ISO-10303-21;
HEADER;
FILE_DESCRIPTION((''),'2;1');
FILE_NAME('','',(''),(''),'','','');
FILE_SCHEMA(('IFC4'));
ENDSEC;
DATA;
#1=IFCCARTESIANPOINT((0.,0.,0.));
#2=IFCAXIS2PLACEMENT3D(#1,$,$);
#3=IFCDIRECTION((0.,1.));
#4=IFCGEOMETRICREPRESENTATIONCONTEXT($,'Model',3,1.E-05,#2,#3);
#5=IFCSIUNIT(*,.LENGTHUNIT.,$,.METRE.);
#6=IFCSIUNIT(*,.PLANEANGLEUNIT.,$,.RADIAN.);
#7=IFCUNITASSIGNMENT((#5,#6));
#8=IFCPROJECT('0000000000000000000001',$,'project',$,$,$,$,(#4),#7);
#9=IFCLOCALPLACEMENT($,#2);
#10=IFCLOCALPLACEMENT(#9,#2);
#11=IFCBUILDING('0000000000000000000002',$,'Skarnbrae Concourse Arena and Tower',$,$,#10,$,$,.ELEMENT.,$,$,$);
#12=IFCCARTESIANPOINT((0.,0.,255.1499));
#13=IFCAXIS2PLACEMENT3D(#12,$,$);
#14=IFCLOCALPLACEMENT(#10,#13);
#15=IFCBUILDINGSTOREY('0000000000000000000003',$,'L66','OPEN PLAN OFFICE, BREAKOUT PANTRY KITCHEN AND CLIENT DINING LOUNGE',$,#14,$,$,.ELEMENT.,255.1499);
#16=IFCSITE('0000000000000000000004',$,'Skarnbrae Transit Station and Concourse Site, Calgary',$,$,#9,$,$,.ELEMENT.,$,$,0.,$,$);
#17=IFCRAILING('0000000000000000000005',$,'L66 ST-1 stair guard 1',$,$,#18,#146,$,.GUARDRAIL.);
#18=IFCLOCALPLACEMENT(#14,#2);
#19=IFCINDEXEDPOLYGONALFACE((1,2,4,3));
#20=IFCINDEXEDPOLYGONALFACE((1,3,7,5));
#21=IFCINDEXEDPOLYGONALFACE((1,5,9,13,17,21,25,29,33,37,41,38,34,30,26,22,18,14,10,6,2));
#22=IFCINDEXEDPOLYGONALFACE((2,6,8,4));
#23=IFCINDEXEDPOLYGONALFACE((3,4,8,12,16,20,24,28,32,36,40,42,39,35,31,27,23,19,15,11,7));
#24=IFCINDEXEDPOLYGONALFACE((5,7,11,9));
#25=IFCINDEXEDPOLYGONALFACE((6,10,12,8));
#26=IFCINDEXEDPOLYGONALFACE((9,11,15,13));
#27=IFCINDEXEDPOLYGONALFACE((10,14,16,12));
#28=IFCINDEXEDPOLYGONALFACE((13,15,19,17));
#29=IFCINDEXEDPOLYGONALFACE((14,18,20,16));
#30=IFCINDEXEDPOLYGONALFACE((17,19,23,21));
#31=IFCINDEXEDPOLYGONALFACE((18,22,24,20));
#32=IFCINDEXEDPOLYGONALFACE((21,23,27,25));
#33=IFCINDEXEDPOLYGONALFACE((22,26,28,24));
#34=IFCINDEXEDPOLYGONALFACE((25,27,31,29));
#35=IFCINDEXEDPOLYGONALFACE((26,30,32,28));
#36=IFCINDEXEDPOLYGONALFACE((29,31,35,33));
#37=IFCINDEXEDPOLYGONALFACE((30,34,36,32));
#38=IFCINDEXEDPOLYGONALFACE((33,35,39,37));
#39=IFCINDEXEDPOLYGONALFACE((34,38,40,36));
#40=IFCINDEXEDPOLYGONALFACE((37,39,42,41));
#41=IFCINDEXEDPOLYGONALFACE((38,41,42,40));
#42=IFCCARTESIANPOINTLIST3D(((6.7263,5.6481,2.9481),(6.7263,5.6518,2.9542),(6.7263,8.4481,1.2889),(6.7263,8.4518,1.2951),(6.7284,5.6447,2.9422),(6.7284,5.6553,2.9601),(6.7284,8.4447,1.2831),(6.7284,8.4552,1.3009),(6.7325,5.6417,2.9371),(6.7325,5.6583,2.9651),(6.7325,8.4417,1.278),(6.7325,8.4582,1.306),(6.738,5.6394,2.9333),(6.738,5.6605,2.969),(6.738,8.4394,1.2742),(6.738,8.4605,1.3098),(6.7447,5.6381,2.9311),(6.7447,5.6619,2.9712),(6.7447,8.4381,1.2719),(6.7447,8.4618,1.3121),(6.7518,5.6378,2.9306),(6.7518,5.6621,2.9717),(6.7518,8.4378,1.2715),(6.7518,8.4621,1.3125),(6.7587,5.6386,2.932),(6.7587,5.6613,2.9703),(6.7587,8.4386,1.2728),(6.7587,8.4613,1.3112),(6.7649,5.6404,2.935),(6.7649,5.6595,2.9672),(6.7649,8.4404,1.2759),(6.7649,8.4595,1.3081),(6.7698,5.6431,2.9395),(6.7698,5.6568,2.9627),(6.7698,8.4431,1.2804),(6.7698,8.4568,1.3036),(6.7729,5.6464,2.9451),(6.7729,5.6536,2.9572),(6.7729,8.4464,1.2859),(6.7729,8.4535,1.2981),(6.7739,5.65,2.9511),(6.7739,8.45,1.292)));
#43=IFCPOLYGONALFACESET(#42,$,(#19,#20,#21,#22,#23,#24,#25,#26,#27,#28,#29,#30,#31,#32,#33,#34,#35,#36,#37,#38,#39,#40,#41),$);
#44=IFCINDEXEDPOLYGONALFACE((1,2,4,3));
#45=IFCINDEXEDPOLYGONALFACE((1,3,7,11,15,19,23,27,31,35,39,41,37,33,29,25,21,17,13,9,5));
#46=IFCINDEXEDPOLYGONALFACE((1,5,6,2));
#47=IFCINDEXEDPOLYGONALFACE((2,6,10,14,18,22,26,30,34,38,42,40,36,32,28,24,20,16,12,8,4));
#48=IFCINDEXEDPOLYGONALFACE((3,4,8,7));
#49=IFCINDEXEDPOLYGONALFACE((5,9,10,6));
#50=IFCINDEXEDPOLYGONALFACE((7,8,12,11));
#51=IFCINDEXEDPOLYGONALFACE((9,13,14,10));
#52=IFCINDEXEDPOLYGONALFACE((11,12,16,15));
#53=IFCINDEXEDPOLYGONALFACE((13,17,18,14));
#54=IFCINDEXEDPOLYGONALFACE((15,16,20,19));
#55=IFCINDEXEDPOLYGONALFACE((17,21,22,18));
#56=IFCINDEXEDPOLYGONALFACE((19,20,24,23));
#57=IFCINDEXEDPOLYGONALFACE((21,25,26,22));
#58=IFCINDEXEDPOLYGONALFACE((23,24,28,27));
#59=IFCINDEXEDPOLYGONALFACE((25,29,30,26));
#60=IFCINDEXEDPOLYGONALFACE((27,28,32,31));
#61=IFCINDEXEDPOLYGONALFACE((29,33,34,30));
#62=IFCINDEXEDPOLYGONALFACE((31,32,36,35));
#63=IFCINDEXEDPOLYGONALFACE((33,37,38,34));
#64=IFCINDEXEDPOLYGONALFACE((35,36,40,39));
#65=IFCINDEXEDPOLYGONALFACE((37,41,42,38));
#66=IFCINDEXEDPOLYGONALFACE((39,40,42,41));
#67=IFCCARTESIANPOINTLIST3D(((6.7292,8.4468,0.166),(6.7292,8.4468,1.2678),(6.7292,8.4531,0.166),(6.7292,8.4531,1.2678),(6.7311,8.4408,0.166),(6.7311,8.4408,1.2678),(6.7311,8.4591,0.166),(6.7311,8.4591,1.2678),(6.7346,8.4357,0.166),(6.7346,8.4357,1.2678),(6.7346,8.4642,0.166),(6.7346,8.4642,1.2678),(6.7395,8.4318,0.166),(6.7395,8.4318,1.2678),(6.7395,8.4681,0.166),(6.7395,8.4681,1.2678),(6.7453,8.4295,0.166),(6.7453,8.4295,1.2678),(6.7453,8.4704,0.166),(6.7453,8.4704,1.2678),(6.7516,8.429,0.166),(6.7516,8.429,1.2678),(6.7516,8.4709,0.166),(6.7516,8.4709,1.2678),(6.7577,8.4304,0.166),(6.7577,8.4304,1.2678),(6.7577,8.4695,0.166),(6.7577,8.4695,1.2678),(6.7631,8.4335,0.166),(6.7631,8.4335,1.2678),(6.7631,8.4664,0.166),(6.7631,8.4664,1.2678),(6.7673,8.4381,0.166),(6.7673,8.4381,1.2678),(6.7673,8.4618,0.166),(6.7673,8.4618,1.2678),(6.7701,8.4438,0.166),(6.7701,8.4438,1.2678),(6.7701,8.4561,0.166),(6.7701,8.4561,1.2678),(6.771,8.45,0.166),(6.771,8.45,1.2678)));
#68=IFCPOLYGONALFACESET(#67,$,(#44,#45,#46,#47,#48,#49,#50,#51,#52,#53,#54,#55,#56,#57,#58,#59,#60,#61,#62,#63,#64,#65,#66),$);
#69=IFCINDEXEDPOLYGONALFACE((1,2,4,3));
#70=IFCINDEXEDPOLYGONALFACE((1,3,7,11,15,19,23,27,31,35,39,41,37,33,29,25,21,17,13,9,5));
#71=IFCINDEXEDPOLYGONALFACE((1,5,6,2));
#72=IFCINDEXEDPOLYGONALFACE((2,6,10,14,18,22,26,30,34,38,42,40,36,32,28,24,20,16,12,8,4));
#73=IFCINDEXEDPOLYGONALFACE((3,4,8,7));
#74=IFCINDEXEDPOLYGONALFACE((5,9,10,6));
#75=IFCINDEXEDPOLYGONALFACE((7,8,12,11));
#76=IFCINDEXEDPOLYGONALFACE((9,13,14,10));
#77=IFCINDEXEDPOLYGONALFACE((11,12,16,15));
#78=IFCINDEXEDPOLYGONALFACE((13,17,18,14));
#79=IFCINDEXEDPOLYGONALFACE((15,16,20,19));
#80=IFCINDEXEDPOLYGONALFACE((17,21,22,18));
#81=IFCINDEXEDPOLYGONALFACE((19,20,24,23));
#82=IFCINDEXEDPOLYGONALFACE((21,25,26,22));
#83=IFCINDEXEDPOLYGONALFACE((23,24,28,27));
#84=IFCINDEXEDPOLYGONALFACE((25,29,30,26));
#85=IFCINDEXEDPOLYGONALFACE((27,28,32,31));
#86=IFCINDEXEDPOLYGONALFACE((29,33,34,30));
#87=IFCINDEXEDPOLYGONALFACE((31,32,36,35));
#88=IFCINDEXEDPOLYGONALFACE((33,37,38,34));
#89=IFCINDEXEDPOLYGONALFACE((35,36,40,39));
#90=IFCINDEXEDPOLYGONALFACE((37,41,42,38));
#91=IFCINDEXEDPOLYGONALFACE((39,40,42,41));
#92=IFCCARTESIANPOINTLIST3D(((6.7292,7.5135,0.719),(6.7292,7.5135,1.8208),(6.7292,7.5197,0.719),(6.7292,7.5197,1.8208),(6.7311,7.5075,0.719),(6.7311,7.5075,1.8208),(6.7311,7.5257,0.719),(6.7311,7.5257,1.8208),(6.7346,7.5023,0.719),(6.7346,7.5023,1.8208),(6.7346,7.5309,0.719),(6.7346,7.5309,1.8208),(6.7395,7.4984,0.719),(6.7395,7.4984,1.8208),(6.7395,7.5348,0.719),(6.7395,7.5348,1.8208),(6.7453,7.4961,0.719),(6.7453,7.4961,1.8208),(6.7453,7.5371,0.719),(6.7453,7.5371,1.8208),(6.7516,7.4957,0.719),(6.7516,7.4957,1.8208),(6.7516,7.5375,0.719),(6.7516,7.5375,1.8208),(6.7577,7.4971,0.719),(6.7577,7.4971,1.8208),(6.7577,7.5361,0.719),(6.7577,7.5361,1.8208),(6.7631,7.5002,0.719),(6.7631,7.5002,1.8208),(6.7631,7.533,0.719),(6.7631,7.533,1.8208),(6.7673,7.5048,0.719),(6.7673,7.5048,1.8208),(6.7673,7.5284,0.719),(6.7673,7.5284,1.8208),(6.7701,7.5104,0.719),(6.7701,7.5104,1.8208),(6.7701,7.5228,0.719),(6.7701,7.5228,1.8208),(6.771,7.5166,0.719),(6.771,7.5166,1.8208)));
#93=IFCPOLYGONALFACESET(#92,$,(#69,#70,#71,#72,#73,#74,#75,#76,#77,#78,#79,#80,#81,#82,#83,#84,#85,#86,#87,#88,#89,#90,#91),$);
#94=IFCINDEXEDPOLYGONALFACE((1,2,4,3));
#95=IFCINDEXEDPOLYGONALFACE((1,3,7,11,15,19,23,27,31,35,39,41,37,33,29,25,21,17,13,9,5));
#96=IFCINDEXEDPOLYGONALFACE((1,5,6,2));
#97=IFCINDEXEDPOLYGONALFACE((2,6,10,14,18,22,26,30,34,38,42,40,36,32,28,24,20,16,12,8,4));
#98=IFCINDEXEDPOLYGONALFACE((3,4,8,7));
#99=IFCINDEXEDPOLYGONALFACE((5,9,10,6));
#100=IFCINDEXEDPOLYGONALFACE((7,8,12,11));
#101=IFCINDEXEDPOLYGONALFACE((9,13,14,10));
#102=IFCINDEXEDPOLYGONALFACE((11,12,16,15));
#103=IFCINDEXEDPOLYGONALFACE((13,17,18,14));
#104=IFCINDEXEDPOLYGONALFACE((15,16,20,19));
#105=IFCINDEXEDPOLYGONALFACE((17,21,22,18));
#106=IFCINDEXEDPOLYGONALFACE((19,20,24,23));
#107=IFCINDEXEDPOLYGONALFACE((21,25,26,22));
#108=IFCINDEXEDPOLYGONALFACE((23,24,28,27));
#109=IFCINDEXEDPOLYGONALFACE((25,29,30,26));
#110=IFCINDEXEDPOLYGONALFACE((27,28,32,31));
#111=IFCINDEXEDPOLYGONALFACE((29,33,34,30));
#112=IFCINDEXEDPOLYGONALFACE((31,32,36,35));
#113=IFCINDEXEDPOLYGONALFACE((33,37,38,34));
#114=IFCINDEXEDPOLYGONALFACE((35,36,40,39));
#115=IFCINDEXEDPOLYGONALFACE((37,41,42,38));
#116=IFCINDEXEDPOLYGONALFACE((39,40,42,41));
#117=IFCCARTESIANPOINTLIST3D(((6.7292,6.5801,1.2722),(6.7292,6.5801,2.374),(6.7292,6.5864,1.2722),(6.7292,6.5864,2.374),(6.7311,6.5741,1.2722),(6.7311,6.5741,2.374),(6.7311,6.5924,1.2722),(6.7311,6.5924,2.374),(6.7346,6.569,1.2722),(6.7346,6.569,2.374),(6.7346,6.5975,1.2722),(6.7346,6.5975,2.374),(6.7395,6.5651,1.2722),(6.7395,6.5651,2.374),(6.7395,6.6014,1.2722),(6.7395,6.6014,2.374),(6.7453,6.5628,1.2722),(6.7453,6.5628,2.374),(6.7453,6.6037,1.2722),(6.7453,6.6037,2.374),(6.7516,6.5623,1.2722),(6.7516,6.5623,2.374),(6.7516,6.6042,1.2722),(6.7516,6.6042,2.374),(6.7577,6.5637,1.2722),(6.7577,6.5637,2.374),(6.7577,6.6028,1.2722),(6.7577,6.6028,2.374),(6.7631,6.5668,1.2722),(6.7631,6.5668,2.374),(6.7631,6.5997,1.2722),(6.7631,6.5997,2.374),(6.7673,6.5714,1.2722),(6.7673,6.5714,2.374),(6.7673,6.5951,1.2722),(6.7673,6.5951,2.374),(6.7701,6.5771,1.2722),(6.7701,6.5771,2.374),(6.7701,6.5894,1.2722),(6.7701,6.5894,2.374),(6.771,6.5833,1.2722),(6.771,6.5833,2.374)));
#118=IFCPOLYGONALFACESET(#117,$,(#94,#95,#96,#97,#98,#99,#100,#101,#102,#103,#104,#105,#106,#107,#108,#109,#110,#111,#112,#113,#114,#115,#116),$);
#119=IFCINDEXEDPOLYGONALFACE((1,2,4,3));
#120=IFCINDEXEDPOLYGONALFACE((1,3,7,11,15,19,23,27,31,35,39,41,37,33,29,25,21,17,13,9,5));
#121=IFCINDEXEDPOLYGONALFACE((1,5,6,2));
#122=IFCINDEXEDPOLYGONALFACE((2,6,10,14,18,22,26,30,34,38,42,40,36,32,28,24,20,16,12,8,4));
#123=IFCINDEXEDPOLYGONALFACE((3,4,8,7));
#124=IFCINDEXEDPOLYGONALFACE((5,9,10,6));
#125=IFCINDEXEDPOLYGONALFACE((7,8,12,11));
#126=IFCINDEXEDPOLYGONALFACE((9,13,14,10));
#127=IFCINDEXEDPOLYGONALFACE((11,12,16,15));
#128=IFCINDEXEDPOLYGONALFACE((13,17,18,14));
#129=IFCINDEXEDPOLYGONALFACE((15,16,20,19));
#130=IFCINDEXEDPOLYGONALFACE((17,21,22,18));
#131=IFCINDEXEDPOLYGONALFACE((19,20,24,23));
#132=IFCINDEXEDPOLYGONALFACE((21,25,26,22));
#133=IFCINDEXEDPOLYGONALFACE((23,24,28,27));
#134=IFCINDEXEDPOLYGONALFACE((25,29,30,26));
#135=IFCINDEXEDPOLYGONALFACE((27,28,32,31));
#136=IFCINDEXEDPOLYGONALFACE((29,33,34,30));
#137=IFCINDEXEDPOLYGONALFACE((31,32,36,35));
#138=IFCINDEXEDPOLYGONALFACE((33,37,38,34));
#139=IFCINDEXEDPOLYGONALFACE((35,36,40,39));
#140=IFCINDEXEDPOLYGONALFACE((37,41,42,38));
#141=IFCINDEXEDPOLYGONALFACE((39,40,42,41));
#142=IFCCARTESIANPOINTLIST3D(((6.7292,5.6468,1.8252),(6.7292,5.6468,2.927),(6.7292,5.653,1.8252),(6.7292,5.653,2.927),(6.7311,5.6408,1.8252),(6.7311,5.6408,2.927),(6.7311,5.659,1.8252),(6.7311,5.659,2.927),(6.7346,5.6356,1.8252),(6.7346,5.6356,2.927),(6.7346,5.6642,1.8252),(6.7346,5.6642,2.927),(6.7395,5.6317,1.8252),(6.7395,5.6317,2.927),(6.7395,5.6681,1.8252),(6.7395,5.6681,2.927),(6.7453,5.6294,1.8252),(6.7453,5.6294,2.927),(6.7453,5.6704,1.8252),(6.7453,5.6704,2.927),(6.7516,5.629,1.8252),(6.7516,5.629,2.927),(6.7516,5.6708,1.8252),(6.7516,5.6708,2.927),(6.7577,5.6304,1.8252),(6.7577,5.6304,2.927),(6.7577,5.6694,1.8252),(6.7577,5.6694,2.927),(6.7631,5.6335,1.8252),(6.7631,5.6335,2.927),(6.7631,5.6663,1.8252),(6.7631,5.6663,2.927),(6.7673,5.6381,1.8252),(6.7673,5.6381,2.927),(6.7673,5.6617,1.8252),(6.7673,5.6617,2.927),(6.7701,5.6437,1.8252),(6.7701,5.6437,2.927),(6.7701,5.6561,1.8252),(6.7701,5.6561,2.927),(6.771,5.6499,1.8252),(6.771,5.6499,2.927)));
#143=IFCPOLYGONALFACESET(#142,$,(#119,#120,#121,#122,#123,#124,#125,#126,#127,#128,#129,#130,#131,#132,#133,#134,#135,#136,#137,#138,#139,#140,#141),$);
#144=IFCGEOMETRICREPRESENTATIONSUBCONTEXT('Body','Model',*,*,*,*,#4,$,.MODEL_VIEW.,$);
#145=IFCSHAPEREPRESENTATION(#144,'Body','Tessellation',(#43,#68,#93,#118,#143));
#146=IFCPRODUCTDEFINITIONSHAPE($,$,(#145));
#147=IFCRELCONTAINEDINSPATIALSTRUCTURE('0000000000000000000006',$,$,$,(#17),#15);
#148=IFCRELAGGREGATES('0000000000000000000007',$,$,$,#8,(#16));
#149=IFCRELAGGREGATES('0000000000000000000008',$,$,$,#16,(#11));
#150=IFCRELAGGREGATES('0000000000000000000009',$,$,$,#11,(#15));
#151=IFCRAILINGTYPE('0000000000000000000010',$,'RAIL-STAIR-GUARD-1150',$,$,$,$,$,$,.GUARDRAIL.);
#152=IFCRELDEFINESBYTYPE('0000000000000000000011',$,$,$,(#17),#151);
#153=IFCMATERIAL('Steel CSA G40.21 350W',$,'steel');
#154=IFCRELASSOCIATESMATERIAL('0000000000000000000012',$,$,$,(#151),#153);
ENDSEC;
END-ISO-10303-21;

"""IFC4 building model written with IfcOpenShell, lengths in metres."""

from ifc_helpers import new_model, si_unit, direction, frame, origin, origin_2d, place, context, subcontext, project, spatial, circle, extrude, material, type_object, element, save


model = new_model("IFC4")

# Units and contexts
model_context = context("Model", 3, precision=1e-05, world=origin(), true_north=direction((0.0, 1.0)))
body_context = subcontext(model_context, "Body", "Model", "MODEL_VIEW")
ifc_project = project(units=[si_unit("LENGTHUNIT", "METRE"), si_unit("PLANEANGLEUNIT", "RADIAN")], contexts=[model_context])

# Site, building, storey
site_placement = place(None, origin())
site = spatial("IfcSite", under=ifc_project, at=site_placement, Name="Skarnbrae Transit Station and Concourse Site, Calgary", CompositionType="ELEMENT", RefElevation=0.0)
building_placement = place(site_placement, origin())
building = spatial("IfcBuilding", under=site, at=building_placement, Name="Skarnbrae Concourse Arena and Tower", CompositionType="ELEMENT")
storey_placement = place(building_placement, frame((0.0, 0.0, 255.1499)))
storey = spatial("IfcBuildingStorey", under=building, at=storey_placement, Name="L66", Description="OPEN PLAN OFFICE, BREAKOUT PANTRY KITCHEN AND CLIENT DINING LOUNGE", CompositionType="ELEMENT", Elevation=255.1499)

# Shared definitions
ifc_material_1 = material(Name="Steel CSA G40.21 350W", Category="steel")

# Railing
railing_type_1 = type_object("IfcRailingType", Name="RAIL-STAIR-GUARD-1150", PredefinedType="GUARDRAIL", material=ifc_material_1)
railing_1_placement = place(storey_placement, frame((6.75, 8.45, 0.166)))
element("IfcRailing", 1, at=railing_1_placement, inside=storey, type_object=railing_type_1, Name="L66 ST-1 stair guard 1", PredefinedType="GUARDRAIL", context=body_context, shape_type="SweptSolid", body=[
    extrude(circle(Radius=0.0239, at=origin_2d()), frame((0.0, 0.0, 1.126), z_axis=(0.0, -0.860306, 0.509778), x_axis=(1.0, 0.0, 0.0)), (0.0, 0.0, 1.0), 3.2546),
    extrude(circle(Radius=0.021, at=origin_2d()), origin(), (0.0, 0.0, 1.0), 1.1018),
    extrude(circle(Radius=0.021, at=origin_2d()), frame((0.0, -0.9333, 0.553)), (0.0, 0.0, 1.0), 1.1018),
    extrude(circle(Radius=0.021, at=origin_2d()), frame((0.0, -1.8667, 1.1062)), (0.0, 0.0, 1.0), 1.1018),
    extrude(circle(Radius=0.021, at=origin_2d()), frame((0.0, -2.8, 1.6592)), (0.0, 0.0, 1.0), 1.1018),
])

save(model, "model.ifc")
